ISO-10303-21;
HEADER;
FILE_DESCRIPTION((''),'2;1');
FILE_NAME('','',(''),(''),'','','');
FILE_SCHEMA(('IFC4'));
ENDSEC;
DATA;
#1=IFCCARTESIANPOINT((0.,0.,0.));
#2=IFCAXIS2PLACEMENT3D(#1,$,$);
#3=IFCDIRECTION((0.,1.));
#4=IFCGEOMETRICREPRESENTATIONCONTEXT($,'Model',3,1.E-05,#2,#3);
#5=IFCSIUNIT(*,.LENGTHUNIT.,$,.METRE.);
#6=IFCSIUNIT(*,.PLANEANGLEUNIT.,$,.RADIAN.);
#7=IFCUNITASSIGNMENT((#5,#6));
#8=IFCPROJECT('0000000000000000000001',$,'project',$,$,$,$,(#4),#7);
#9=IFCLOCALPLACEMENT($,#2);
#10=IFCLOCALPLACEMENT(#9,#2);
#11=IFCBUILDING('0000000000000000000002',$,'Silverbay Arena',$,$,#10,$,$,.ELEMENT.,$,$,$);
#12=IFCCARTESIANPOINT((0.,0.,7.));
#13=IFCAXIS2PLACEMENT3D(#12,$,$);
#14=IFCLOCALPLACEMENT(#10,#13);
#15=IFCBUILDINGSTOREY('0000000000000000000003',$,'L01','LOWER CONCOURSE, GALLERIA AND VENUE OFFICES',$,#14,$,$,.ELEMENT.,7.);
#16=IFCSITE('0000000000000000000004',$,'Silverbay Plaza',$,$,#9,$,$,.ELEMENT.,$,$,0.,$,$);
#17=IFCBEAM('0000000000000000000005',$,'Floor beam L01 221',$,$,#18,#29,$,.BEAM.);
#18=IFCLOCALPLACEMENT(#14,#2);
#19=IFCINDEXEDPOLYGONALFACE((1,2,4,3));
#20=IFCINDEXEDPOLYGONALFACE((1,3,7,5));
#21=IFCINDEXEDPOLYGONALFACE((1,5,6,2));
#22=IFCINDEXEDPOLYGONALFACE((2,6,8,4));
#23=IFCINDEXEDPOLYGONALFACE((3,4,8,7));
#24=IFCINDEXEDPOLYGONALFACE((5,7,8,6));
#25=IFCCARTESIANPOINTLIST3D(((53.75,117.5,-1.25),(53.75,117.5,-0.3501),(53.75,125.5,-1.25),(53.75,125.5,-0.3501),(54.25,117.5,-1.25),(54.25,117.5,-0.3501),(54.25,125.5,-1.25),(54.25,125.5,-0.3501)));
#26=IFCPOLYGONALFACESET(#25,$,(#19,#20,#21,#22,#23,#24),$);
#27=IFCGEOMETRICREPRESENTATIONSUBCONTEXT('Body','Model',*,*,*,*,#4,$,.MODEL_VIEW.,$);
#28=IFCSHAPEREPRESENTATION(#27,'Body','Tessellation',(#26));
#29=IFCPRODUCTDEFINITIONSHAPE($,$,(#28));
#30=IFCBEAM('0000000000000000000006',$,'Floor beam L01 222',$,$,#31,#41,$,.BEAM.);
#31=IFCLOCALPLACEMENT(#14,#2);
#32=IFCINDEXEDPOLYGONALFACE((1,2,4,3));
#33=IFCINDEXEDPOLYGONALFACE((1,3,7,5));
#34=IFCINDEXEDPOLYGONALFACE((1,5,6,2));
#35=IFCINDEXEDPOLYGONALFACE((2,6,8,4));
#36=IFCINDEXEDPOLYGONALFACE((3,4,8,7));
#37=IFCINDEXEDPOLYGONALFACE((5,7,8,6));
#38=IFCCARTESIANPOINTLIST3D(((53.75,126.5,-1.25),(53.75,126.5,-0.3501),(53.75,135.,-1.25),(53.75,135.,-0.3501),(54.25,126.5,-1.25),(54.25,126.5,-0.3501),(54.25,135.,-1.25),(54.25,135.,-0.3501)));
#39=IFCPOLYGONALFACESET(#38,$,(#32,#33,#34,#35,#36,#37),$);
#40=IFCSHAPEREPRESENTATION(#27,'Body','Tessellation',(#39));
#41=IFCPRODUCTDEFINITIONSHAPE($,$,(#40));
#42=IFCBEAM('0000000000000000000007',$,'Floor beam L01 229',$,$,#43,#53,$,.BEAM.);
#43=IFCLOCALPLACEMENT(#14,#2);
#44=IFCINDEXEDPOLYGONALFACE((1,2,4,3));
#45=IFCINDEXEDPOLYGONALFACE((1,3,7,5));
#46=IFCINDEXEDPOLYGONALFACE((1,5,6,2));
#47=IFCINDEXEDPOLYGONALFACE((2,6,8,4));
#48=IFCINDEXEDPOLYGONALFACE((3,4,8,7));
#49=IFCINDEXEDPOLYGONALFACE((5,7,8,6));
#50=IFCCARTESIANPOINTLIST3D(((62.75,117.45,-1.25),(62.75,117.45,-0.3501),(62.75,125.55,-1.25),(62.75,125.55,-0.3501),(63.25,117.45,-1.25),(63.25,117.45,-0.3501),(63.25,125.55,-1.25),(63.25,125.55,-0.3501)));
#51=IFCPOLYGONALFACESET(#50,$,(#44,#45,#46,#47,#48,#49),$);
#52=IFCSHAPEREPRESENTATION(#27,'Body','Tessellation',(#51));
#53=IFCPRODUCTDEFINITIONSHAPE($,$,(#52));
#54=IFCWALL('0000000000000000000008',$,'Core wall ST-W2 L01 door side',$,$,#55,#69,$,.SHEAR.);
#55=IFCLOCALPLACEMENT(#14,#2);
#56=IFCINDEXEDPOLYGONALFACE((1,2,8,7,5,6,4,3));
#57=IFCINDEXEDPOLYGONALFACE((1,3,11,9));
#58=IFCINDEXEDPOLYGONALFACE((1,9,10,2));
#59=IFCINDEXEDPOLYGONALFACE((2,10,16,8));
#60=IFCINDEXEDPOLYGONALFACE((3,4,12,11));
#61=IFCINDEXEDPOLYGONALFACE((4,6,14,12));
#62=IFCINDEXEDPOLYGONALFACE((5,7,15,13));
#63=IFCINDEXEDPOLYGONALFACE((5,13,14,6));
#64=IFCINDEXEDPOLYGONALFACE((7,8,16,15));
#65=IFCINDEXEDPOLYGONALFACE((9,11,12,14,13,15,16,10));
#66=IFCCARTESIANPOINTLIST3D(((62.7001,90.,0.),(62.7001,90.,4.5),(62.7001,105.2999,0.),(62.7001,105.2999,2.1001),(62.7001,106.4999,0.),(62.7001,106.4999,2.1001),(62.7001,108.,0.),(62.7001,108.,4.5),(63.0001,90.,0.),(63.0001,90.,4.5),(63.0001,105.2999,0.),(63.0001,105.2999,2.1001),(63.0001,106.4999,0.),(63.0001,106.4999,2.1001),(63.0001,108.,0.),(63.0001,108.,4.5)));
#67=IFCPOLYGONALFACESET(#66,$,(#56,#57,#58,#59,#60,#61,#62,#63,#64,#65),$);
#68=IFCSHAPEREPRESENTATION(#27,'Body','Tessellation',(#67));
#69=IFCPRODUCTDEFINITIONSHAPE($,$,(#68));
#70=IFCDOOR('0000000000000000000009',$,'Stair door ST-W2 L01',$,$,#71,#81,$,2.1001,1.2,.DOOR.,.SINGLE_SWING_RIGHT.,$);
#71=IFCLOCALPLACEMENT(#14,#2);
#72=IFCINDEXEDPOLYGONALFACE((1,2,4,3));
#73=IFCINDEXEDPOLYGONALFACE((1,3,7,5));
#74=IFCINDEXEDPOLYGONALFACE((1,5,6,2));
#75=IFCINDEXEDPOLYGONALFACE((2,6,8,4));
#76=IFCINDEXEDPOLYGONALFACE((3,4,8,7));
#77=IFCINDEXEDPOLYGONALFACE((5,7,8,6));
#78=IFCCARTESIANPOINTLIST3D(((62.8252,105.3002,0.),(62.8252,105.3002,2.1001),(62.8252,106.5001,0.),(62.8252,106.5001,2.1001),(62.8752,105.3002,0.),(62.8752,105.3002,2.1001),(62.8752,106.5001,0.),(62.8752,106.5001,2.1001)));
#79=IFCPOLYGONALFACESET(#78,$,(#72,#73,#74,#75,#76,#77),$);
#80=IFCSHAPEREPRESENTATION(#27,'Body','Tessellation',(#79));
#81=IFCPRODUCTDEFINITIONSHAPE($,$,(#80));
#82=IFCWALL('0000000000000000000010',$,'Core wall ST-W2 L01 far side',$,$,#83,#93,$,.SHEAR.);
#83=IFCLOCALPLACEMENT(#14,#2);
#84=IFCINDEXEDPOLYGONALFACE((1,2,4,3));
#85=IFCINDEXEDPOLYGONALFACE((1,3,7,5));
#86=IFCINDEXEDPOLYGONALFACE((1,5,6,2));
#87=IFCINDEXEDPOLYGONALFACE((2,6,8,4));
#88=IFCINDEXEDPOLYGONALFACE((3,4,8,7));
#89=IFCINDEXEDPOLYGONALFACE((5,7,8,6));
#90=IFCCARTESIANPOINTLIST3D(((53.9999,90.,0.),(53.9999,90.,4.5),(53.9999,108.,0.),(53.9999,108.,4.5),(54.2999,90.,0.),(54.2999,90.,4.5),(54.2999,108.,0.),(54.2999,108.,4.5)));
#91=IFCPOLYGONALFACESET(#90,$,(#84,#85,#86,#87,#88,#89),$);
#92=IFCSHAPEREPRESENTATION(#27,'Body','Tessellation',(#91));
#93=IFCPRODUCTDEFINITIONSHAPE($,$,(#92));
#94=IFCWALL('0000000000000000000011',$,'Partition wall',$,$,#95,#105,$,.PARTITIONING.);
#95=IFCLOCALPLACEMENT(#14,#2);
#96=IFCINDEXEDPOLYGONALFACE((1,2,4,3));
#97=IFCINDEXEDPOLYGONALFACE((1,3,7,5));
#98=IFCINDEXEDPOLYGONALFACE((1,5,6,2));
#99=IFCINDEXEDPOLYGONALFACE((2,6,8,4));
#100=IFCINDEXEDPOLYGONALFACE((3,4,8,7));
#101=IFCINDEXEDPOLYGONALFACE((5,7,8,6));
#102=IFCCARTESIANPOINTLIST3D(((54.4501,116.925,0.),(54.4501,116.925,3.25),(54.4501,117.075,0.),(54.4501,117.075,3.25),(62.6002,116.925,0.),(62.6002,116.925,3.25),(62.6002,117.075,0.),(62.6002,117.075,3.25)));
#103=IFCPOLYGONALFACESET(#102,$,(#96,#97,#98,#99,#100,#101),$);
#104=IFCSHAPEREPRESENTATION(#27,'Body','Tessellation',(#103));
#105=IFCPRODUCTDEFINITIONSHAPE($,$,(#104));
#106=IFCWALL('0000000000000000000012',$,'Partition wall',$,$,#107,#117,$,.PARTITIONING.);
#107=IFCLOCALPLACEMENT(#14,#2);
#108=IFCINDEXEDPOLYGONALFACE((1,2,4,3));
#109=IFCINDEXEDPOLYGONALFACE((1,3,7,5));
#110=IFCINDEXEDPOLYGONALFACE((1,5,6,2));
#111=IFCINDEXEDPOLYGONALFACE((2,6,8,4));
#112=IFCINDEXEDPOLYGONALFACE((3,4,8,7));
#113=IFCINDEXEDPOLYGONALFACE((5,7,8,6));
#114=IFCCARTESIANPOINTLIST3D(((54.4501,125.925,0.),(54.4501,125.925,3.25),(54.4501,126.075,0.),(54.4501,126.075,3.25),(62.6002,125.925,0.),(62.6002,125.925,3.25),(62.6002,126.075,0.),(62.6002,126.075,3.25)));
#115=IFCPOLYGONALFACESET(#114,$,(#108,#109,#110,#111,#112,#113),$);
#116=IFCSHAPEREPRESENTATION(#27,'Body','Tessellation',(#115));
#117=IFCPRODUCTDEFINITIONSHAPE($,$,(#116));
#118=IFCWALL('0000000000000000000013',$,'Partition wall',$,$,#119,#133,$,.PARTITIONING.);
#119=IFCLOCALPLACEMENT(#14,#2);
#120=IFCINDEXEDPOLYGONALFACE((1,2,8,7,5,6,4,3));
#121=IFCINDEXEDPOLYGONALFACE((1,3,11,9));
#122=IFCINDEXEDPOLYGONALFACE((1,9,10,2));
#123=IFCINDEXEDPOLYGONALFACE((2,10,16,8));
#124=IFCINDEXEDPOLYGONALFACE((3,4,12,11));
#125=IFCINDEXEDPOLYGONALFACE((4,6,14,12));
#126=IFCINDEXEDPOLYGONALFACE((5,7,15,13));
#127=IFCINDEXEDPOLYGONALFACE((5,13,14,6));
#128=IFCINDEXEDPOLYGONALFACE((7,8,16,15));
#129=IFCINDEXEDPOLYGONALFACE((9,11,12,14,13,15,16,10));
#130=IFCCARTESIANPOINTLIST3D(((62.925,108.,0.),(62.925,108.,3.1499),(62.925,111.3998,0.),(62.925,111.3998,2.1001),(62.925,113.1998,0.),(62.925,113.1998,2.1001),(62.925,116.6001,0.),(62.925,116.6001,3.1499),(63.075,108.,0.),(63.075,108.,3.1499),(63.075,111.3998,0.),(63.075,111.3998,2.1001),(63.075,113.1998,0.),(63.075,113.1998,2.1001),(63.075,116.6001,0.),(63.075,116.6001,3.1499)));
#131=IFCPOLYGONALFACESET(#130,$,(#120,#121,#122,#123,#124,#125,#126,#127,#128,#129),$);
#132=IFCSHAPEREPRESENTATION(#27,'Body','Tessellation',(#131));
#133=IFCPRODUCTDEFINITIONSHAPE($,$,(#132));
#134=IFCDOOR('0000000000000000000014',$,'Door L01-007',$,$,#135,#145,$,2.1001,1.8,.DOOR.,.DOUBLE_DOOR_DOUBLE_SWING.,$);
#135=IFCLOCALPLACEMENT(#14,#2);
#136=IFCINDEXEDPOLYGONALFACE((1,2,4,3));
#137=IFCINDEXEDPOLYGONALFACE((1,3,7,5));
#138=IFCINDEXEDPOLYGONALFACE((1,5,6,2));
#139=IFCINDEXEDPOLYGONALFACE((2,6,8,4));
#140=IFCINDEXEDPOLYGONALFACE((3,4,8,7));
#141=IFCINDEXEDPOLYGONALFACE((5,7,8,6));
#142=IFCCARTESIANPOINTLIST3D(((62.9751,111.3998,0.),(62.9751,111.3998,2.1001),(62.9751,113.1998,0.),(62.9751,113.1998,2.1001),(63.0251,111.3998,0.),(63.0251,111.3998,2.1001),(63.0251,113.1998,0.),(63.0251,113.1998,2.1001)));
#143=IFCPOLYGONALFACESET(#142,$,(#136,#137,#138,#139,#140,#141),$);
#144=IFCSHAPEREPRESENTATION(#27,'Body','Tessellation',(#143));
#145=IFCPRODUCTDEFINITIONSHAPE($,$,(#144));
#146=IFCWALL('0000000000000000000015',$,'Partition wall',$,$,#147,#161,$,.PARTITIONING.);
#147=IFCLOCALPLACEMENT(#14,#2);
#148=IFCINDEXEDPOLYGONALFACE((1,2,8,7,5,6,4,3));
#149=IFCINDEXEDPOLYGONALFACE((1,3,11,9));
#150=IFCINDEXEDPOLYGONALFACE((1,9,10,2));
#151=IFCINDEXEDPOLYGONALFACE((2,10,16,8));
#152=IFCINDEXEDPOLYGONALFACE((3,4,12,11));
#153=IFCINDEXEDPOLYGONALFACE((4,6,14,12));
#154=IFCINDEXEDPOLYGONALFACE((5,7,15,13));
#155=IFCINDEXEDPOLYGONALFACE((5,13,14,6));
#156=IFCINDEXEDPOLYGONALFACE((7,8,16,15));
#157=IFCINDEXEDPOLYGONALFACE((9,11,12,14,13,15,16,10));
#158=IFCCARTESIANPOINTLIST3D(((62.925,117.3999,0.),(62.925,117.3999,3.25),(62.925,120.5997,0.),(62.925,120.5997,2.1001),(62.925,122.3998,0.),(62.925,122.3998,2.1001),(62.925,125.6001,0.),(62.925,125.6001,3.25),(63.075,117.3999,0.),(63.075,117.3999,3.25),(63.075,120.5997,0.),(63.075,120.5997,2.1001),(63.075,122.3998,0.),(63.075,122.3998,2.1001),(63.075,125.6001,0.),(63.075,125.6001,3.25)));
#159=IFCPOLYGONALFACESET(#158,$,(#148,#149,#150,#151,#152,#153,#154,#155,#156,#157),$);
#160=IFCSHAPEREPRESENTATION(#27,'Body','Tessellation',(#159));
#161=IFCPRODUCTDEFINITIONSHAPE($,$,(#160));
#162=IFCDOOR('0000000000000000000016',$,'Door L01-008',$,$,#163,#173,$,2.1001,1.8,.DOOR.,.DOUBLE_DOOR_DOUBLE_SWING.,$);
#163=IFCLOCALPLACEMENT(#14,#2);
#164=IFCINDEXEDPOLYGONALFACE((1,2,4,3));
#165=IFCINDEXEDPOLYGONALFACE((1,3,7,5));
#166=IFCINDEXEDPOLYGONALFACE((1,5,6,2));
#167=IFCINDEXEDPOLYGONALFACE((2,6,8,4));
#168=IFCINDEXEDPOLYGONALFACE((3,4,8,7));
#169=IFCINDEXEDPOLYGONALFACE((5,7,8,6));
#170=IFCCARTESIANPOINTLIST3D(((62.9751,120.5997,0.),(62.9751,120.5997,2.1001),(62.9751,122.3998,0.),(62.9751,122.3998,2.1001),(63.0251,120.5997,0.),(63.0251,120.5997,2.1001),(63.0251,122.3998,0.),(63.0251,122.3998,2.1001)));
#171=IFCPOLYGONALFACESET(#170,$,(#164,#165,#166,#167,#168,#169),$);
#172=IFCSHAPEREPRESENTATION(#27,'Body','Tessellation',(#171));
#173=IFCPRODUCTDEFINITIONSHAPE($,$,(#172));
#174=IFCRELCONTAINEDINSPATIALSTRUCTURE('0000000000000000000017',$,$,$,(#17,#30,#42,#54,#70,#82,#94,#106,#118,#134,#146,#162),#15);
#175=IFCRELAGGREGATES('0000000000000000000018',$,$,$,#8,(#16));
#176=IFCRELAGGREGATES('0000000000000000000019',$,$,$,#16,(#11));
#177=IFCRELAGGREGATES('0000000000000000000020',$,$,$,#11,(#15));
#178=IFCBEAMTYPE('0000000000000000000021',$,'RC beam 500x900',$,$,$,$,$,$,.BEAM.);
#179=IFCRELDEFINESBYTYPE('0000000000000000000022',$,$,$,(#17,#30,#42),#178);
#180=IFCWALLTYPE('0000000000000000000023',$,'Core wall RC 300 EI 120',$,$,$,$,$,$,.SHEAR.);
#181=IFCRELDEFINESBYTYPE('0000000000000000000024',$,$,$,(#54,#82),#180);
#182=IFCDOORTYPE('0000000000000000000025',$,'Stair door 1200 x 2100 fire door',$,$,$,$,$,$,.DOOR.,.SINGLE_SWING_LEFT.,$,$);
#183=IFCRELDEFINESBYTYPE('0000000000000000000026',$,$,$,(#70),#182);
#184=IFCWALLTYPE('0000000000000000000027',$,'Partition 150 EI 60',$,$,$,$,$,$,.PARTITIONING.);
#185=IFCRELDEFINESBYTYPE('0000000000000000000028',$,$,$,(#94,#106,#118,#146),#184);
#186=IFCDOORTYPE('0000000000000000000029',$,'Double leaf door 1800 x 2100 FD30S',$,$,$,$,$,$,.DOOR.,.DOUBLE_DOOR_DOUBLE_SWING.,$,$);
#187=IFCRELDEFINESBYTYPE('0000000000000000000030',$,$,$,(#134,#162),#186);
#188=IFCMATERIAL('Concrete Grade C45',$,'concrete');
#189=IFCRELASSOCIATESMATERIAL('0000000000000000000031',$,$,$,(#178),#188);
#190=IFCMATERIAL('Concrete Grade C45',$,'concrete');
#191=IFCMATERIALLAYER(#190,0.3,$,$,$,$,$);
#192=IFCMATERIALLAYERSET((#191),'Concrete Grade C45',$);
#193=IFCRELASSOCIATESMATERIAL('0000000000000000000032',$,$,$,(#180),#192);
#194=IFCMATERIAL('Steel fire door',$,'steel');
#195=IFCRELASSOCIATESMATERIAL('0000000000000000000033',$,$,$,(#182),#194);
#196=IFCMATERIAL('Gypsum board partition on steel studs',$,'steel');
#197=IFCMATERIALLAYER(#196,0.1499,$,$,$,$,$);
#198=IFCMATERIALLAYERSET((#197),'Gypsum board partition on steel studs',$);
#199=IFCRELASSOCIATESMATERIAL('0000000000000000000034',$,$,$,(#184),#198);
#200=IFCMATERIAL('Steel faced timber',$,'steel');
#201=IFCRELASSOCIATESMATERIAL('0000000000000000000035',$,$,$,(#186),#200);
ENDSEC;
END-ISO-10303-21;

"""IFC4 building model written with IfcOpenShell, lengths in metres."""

from ifc_helpers import new_model, si_unit, direction, frame, frame_2d, origin, origin_2d, place, context, subcontext, project, spatial, rectangle, extrude, material, layer, layer_set, material_profile, profile_set, type_object, element, fill, save


model = new_model("IFC4")

# Units and contexts
model_context = context("Model", 3, precision=1e-05, world=origin(), true_north=direction((0.0, 1.0)))
body_context = subcontext(model_context, "Body", "Model", "MODEL_VIEW")
ifc_project = project(units=[si_unit("LENGTHUNIT", "METRE"), si_unit("PLANEANGLEUNIT", "RADIAN")], contexts=[model_context])

# Site, building, storey
site_placement = place(None, origin())
site = spatial("IfcSite", under=ifc_project, at=site_placement, Name="Silverbay Plaza", CompositionType="ELEMENT", RefElevation=0.0)
building_placement = place(site_placement, origin())
building = spatial("IfcBuilding", under=site, at=building_placement, Name="Silverbay Arena", CompositionType="ELEMENT")
storey_placement = place(building_placement, frame((0.0, 0.0, 7.0)))
storey = spatial("IfcBuildingStorey", under=building, at=storey_placement, Name="L01", Description="LOWER CONCOURSE, GALLERIA AND VENUE OFFICES", CompositionType="ELEMENT", Elevation=7.0)

# Beams
ifc_material_1 = material(Name="Concrete Grade C45", Category="concrete")
ifc_material_profile_1 = material_profile(ifc_material_1, rectangle(XDim=0.5, YDim=0.8999, at=origin_2d()), Name="RC 500x900")
ifc_profile_set_1 = profile_set([ifc_material_profile_1], Name="Concrete Grade C45")
beam_type_1 = type_object("IfcBeamType", Name="RC beam 500x900", PredefinedType="BEAM", material=ifc_profile_set_1)
beam_1_placement = place(storey_placement, frame((54.0, 117.5, -0.8), z_axis=(0.0, 1.0, 0.0), x_axis=(-1.0, 0.0, 0.0)))
element("IfcBeam", 1, at=beam_1_placement, inside=storey, type_object=beam_type_1, Name="Floor beam L01 221", PredefinedType="BEAM", context=body_context, shape_type="SweptSolid", body=[
    extrude(rectangle(XDim=0.5, YDim=0.8999, at=origin_2d()), origin(), (0.0, 0.0, 1.0), 8.0),
])
beam_2_placement = place(storey_placement, frame((54.0, 126.5, -0.8), z_axis=(0.0, 1.0, 0.0), x_axis=(-1.0, 0.0, 0.0)))
element("IfcBeam", 2, at=beam_2_placement, inside=storey, type_object=beam_type_1, Name="Floor beam L01 222", PredefinedType="BEAM", context=body_context, shape_type="SweptSolid", body=[
    extrude(rectangle(XDim=0.5, YDim=0.8999, at=origin_2d()), origin(), (0.0, 0.0, 1.0), 8.5),
])
beam_3_placement = place(storey_placement, frame((63.0, 117.45, -0.8), z_axis=(0.0, 1.0, 0.0), x_axis=(-1.0, 0.0, 0.0)))
element("IfcBeam", 3, at=beam_3_placement, inside=storey, type_object=beam_type_1, Name="Floor beam L01 229", PredefinedType="BEAM", context=body_context, shape_type="SweptSolid", body=[
    extrude(rectangle(XDim=0.5, YDim=0.8999, at=origin_2d()), origin(), (0.0, 0.0, 1.0), 8.1001),
])

# Wall, opening, door
ifc_material_2 = material(Name="Concrete Grade C45", Category="concrete")
ifc_layer_1 = layer(ifc_material_2, 0.3)
ifc_layer_set_1 = layer_set([ifc_layer_1], Name="Concrete Grade C45")
wall_type_1 = type_object("IfcWallType", Name="Core wall RC 300 EI 120", PredefinedType="SHEAR", material=ifc_layer_set_1)
wall_1_placement = place(storey_placement, frame((62.8501, 108.0, 0.0), z_axis=(0.0, 0.0, 1.0), x_axis=(0.0, -1.0, 0.0)))
wall_1 = element("IfcWall", 4, at=wall_1_placement, inside=storey, type_object=wall_type_1, Name="Core wall ST-W2 L01 door side", PredefinedType="SHEAR", context=body_context, shape_type="SweptSolid", body=[
    extrude(rectangle(XDim=18.0, YDim=0.3, at=frame_2d((9.0, 0.0))), origin(), (0.0, 0.0, 1.0), 4.5),
])
opening_1_placement = place(wall_1_placement, frame((1.5, 0.0, 0.0)))
opening_1 = element("IfcOpeningElement", 5, at=opening_1_placement, cuts=wall_1, PredefinedType="OPENING", context=body_context, shape_type="SweptSolid", body=[
    extrude(rectangle(XDim=1.2, YDim=2.1001, at=frame_2d((0.6001, 1.05))), frame((0.0, 0.1602, 0.0), z_axis=(0.0, -1.0, 0.0), x_axis=(1.0, 0.0, 0.0)), (0.0, 0.0, 1.0), 0.3201),
])
ifc_material_3 = material(Name="Steel fire door", Category="steel")
door_type_1 = type_object("IfcDoorType", Name="Stair door 1200 x 2100 fire door", OperationType="SINGLE_SWING_LEFT", PredefinedType="DOOR", material=ifc_material_3)
door_1_placement = place(opening_1_placement, frame((1.2, 0.0, 0.0), z_axis=(0.0, 0.0, 1.0), x_axis=(-1.0, 0.0, 0.0)))
door_1 = element("IfcDoor", 6, at=door_1_placement, inside=storey, type_object=door_type_1, Name="Stair door ST-W2 L01", OperationType="SINGLE_SWING_RIGHT", OverallHeight=2.1001, OverallWidth=1.2, PredefinedType="DOOR", context=body_context, shape_type="SweptSolid", body=[
    extrude(rectangle(XDim=1.2, YDim=2.1001, at=frame_2d((0.6001, 1.05))), frame((0.0, 0.0249, 0.0), z_axis=(0.0, -1.0, 0.0), x_axis=(1.0, 0.0, 0.0)), (0.0, 0.0, 1.0), 0.05),
])
fill(opening_1, door_1)

# Walls
wall_2_placement = place(storey_placement, frame((54.1499, 108.0, 0.0), z_axis=(0.0, 0.0, 1.0), x_axis=(0.0, -1.0, 0.0)))
element("IfcWall", 7, at=wall_2_placement, inside=storey, type_object=wall_type_1, Name="Core wall ST-W2 L01 far side", PredefinedType="SHEAR", context=body_context, shape_type="SweptSolid", body=[
    extrude(rectangle(XDim=18.0, YDim=0.3, at=frame_2d((9.0, 0.0))), origin(), (0.0, 0.0, 1.0), 4.5),
])
ifc_material_4 = material(Name="Gypsum board partition on steel studs", Category="steel")
ifc_layer_2 = layer(ifc_material_4, 0.1499)
ifc_layer_set_2 = layer_set([ifc_layer_2], Name="Gypsum board partition on steel studs")
wall_type_2 = type_object("IfcWallType", Name="Partition 150 EI 60", PredefinedType="PARTITIONING", material=ifc_layer_set_2)
for number, where, z_axis, x_axis, name in (
    (8, (54.45, 117.0, 0.0), (0.0, 0.0, 1.0), (1.0, 0.0, 0.0), "Partition wall"),
    (9, (54.45, 126.0, 0.0), (0.0, 0.0, 1.0), (1.0, 0.0, 0.0), "Partition wall"),
):
    element("IfcWall", number, at=place(storey_placement, frame(where, z_axis=z_axis, x_axis=x_axis)), inside=storey, type_object=wall_type_2, Name=name, PredefinedType="PARTITIONING", context=body_context, shape_type="SweptSolid", body=[
        extrude(rectangle(XDim=8.1501, YDim=0.1499, at=frame_2d((4.0752, 0.0))), origin(), (0.0, 0.0, 1.0), 3.25),
    ])

# Walls, openings, doors
wall_3_placement = place(storey_placement, frame((63.0, 108.0, 0.0), z_axis=(0.0, 0.0, 1.0), x_axis=(0.0, 1.0, 0.0)))
wall_3 = element("IfcWall", 10, at=wall_3_placement, inside=storey, type_object=wall_type_2, Name="Partition wall", PredefinedType="PARTITIONING", context=body_context, shape_type="SweptSolid", body=[
    extrude(rectangle(XDim=8.6001, YDim=0.1499, at=frame_2d((4.3, 0.0))), origin(), (0.0, 0.0, 1.0), 3.1499),
])
opening_2_placement = place(wall_3_placement, frame((3.3999, 0.0, 0.0)))
opening_2 = element("IfcOpeningElement", 11, at=opening_2_placement, cuts=wall_3, PredefinedType="OPENING", context=body_context, shape_type="SweptSolid", body=[
    extrude(rectangle(XDim=1.8, YDim=2.1001, at=frame_2d((0.8999, 1.05))), frame((0.0, 0.085, 0.0), z_axis=(0.0, -1.0, 0.0), x_axis=(1.0, 0.0, 0.0)), (0.0, 0.0, 1.0), 0.1699),
])
ifc_material_5 = material(Name="Steel faced timber", Category="steel")
door_type_2 = type_object("IfcDoorType", Name="Double leaf door 1800 x 2100 FD30S", OperationType="DOUBLE_DOOR_DOUBLE_SWING", PredefinedType="DOOR", material=ifc_material_5)
door_2_placement = place(opening_2_placement, origin())
door_2 = element("IfcDoor", 12, at=door_2_placement, inside=storey, type_object=door_type_2, Name="Door L01-007", OperationType="DOUBLE_DOOR_DOUBLE_SWING", OverallHeight=2.1001, OverallWidth=1.8, PredefinedType="DOOR", context=body_context, shape_type="SweptSolid", body=[
    extrude(rectangle(XDim=1.8, YDim=2.1001, at=frame_2d((0.8999, 1.05))), frame((0.0, 0.0249, 0.0), z_axis=(0.0, -1.0, 0.0), x_axis=(1.0, 0.0, 0.0)), (0.0, 0.0, 1.0), 0.05),
])
fill(opening_2, door_2)
wall_4_placement = place(storey_placement, frame((63.0, 117.3999, 0.0), z_axis=(0.0, 0.0, 1.0), x_axis=(0.0, 1.0, 0.0)))
wall_4 = element("IfcWall", 13, at=wall_4_placement, inside=storey, type_object=wall_type_2, Name="Partition wall", PredefinedType="PARTITIONING", context=body_context, shape_type="SweptSolid", body=[
    extrude(rectangle(XDim=8.2002, YDim=0.1499, at=frame_2d((4.1001, 0.0))), origin(), (0.0, 0.0, 1.0), 3.25),
])
opening_3_placement = place(wall_4_placement, frame((3.2, 0.0, 0.0)))
opening_3 = element("IfcOpeningElement", 14, at=opening_3_placement, cuts=wall_4, PredefinedType="OPENING", context=body_context, shape_type="SweptSolid", body=[
    extrude(rectangle(XDim=1.8, YDim=2.1001, at=frame_2d((0.8999, 1.05))), frame((0.0, 0.085, 0.0), z_axis=(0.0, -1.0, 0.0), x_axis=(1.0, 0.0, 0.0)), (0.0, 0.0, 1.0), 0.1699),
])
door_3_placement = place(opening_3_placement, origin())
door_3 = element("IfcDoor", 15, at=door_3_placement, inside=storey, type_object=door_type_2, Name="Door L01-008", OperationType="DOUBLE_DOOR_DOUBLE_SWING", OverallHeight=2.1001, OverallWidth=1.8, PredefinedType="DOOR", context=body_context, shape_type="SweptSolid", body=[
    extrude(rectangle(XDim=1.8, YDim=2.1001, at=frame_2d((0.8999, 1.05))), frame((0.0, 0.0249, 0.0), z_axis=(0.0, -1.0, 0.0), x_axis=(1.0, 0.0, 0.0)), (0.0, 0.0, 1.0), 0.05),
])
fill(opening_3, door_3)

save(model, "model.ifc")
